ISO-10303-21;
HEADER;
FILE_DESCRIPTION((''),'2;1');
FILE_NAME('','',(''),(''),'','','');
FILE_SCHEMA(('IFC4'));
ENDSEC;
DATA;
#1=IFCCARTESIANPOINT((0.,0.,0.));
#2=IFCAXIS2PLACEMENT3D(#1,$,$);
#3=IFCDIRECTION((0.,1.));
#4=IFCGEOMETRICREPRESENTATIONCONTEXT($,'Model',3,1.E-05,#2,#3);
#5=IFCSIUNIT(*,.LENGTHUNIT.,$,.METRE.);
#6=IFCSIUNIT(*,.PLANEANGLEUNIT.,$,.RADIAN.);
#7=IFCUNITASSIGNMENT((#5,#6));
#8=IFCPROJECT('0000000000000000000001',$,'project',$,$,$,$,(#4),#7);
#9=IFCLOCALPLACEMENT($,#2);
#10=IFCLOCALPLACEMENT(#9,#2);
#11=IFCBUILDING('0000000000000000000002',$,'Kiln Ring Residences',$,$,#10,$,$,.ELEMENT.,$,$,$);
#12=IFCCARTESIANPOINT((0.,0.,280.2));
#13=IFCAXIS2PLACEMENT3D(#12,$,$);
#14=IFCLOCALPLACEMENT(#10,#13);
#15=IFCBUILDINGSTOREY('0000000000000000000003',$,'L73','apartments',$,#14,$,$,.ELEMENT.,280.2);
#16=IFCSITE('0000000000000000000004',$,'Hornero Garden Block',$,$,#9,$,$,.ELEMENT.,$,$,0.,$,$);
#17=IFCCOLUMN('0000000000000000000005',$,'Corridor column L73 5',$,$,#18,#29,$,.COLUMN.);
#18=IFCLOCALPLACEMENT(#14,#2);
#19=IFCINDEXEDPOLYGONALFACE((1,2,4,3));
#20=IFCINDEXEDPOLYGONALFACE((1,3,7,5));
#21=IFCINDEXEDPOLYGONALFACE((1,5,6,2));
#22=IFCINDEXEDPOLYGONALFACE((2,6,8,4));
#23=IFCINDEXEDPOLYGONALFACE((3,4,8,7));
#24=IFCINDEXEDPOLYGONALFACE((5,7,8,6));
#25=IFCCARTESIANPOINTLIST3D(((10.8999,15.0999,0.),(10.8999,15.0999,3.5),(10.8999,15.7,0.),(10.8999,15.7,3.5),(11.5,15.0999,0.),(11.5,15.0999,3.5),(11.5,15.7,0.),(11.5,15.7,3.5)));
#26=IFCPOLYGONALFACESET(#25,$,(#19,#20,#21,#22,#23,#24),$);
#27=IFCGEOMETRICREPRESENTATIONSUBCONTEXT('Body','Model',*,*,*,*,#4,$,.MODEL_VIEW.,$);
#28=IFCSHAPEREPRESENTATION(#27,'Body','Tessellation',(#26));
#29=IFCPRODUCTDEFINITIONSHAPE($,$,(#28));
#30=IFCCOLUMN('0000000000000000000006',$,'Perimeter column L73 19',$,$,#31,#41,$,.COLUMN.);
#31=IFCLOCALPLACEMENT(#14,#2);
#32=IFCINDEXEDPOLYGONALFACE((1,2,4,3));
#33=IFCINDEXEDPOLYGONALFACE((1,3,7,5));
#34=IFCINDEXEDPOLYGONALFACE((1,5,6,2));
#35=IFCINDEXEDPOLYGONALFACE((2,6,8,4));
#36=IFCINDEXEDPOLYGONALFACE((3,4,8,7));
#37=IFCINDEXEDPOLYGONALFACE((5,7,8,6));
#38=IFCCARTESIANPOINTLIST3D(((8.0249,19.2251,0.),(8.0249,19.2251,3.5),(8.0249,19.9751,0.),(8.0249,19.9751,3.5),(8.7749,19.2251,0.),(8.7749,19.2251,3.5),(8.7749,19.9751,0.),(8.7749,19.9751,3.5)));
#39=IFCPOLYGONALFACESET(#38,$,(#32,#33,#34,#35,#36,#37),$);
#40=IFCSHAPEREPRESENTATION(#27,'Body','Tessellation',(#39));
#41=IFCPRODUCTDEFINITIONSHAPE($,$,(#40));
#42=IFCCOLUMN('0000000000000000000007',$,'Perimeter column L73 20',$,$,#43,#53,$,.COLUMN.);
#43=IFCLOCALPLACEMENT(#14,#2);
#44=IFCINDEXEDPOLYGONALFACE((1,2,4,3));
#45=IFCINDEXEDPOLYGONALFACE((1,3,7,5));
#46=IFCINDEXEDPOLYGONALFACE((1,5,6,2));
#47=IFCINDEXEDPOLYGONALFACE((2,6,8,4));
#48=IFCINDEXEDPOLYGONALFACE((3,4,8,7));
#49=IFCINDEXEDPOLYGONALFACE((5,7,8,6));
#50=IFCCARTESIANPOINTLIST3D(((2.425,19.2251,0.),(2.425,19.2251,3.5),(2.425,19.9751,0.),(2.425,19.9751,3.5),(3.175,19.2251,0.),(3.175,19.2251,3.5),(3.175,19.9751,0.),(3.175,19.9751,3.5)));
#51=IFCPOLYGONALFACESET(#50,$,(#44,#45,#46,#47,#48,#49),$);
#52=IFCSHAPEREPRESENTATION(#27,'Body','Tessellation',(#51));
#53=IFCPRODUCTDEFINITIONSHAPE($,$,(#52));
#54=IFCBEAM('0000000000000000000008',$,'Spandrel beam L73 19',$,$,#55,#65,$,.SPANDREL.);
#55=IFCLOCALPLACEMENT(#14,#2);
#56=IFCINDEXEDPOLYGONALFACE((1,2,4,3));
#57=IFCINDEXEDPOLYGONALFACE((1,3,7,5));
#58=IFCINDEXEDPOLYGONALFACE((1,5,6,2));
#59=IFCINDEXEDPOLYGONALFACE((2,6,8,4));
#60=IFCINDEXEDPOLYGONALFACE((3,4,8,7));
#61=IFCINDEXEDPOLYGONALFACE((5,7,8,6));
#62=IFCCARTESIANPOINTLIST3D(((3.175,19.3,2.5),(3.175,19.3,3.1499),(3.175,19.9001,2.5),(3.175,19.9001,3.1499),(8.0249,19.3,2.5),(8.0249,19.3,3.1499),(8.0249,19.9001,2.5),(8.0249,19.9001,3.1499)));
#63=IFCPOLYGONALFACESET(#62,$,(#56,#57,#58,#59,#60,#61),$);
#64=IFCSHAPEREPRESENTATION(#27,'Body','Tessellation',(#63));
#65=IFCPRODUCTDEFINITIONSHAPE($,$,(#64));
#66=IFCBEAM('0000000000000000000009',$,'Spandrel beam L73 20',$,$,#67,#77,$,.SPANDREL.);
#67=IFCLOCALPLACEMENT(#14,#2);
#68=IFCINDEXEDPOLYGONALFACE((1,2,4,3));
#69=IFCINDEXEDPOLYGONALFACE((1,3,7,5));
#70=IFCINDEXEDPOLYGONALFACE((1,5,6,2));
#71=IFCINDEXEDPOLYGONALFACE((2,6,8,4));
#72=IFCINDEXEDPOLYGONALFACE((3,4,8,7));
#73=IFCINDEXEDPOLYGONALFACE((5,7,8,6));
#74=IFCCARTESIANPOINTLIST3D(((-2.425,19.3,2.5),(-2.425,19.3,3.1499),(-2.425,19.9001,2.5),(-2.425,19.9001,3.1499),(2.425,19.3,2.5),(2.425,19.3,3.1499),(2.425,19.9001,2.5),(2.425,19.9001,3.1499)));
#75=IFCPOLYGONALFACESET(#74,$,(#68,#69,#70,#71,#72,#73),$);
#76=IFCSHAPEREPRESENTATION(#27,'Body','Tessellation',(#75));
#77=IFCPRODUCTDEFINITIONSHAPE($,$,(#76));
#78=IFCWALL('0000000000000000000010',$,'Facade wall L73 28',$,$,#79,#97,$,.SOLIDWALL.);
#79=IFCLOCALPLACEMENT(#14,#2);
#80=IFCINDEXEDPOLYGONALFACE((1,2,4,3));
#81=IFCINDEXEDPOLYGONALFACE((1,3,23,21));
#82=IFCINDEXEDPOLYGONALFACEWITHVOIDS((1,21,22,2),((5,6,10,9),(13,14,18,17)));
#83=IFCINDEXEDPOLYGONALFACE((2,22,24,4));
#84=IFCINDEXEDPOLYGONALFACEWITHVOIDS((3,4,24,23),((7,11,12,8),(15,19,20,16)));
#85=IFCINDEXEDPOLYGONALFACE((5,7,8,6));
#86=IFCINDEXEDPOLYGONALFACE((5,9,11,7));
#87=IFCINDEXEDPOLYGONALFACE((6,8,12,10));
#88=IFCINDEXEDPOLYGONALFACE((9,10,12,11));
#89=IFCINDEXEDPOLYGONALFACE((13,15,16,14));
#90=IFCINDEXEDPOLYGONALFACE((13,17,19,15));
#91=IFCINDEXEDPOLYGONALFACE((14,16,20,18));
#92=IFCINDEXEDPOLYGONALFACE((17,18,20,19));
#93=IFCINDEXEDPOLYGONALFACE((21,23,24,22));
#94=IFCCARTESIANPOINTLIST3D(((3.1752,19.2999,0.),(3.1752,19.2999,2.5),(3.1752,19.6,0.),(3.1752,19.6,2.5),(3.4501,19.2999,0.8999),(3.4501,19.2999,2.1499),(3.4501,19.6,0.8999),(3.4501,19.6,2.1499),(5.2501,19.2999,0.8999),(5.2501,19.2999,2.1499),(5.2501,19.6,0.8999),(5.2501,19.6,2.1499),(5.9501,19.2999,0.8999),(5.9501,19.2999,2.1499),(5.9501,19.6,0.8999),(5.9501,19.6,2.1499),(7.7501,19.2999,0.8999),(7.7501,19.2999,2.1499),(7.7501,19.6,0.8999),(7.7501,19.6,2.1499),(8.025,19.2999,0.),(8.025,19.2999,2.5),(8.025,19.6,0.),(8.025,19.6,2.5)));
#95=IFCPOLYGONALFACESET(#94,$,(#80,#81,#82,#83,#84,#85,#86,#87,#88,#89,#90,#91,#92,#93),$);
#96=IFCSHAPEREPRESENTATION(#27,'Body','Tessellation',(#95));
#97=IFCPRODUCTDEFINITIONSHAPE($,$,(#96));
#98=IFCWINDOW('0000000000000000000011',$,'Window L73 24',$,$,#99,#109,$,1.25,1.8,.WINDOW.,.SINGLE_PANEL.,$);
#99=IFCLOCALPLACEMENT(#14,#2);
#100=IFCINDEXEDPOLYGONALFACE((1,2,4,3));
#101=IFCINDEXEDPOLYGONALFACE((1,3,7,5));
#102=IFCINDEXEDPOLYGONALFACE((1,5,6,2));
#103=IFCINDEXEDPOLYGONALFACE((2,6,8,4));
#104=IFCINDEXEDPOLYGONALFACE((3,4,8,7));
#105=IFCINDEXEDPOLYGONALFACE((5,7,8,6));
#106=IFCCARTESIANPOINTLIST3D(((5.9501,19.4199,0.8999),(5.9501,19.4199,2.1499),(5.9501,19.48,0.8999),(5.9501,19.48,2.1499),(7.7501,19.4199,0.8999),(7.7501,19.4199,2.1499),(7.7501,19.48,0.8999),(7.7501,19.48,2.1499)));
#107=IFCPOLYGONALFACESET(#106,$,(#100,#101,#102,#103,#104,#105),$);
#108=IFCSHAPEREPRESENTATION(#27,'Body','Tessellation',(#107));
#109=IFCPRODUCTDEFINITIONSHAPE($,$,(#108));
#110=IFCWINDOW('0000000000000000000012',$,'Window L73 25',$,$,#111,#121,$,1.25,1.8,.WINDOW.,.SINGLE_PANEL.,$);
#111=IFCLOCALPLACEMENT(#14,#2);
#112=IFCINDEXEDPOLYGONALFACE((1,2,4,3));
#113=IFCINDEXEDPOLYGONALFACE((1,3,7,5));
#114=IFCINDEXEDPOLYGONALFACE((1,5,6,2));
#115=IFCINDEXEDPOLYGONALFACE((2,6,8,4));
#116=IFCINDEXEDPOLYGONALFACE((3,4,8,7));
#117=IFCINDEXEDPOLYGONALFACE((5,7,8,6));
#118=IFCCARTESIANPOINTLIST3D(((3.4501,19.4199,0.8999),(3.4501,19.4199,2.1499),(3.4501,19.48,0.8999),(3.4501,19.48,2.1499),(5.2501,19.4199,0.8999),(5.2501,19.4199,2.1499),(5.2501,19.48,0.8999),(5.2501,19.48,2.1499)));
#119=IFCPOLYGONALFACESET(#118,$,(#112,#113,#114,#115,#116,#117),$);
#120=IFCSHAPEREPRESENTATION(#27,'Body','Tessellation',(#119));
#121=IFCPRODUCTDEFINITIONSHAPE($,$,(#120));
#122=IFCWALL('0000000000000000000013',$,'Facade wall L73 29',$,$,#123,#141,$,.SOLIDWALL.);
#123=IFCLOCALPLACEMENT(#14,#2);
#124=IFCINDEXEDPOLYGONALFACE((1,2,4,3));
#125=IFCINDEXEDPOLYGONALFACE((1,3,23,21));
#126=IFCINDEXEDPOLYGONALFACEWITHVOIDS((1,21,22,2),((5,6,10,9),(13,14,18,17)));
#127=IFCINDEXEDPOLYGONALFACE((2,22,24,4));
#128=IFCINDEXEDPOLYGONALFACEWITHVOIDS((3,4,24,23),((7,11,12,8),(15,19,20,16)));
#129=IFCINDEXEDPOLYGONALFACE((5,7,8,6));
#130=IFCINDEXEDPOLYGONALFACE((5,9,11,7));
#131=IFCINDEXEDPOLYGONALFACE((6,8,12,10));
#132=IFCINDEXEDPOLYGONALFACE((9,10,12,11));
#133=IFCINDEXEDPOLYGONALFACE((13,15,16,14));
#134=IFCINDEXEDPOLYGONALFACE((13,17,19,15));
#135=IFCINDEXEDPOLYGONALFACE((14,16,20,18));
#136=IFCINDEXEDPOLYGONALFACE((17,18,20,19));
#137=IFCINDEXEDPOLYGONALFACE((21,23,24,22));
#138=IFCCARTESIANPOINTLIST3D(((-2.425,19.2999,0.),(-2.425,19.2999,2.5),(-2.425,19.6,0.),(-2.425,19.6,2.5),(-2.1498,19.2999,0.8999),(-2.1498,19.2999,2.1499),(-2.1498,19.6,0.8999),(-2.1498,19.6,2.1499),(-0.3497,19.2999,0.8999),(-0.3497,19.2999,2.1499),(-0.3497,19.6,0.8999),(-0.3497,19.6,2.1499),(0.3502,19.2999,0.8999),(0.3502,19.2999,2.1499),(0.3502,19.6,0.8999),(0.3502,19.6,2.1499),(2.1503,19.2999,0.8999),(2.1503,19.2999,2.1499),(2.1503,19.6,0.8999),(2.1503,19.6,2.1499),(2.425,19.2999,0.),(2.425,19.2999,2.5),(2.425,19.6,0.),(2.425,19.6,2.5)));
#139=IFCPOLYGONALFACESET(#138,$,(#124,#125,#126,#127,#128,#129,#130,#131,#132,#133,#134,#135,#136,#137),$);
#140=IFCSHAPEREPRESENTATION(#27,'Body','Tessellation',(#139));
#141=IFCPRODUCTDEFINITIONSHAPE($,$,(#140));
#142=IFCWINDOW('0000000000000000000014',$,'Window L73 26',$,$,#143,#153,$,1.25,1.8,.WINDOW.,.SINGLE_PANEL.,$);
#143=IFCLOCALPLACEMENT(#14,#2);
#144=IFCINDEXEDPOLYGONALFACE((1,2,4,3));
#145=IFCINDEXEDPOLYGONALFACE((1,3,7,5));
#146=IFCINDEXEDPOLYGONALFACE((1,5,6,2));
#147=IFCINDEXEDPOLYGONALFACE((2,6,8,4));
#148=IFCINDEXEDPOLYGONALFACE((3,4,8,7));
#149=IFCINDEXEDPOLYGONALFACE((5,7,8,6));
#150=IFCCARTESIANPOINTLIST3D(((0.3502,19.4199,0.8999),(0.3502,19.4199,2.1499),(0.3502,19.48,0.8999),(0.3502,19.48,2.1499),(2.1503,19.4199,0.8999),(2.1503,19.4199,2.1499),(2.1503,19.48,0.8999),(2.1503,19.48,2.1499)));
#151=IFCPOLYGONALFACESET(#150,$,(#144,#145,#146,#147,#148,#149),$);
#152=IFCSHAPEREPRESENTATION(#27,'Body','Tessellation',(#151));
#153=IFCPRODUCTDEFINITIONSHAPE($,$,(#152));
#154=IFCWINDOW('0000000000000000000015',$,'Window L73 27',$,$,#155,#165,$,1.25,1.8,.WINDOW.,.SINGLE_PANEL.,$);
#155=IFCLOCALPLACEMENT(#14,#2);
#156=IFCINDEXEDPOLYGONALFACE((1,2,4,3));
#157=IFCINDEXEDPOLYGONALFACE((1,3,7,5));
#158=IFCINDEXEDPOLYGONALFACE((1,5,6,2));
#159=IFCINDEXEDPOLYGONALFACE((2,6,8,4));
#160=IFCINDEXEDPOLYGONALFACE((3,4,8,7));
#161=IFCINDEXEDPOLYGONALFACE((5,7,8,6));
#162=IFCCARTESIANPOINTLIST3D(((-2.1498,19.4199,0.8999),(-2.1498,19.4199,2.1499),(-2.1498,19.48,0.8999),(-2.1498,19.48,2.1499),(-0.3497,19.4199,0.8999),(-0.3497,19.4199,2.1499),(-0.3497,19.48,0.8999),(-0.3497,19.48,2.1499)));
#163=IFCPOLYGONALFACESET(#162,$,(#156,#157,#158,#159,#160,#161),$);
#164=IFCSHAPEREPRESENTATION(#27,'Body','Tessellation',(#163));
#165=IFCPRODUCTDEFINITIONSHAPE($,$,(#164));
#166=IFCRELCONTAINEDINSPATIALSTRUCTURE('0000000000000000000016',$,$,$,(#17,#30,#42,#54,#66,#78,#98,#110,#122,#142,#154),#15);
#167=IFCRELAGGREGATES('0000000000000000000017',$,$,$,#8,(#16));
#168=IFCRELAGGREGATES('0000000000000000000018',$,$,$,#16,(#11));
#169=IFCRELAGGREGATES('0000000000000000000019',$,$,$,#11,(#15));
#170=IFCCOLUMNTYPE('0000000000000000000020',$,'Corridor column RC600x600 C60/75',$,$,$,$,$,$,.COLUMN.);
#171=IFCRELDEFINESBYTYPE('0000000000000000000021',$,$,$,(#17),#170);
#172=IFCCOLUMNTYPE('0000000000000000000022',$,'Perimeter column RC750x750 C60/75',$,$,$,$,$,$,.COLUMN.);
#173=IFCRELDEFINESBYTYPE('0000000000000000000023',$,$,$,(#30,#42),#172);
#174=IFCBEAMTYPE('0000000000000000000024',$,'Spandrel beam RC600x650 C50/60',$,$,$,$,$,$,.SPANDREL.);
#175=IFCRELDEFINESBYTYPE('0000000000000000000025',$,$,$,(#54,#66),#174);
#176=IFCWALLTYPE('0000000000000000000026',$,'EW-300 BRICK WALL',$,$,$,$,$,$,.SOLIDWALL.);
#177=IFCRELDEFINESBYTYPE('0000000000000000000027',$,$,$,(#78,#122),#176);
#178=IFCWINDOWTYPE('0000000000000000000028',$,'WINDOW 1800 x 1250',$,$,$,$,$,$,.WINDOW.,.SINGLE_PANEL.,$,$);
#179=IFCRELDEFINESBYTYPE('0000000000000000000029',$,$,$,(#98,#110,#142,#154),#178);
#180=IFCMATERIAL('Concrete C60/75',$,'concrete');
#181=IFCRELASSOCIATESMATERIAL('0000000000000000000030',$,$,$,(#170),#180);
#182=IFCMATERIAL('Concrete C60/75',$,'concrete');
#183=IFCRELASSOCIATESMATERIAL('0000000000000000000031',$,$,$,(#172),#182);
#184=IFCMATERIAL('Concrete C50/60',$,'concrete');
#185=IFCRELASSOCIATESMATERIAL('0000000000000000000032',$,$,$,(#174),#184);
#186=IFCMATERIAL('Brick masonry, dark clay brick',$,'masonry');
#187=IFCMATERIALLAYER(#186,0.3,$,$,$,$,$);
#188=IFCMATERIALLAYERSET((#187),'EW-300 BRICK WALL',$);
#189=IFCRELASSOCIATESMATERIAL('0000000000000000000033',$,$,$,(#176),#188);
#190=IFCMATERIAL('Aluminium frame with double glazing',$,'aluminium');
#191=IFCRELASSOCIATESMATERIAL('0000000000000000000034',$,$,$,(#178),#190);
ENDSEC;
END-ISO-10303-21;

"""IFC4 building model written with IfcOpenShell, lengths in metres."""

from ifc_helpers import new_model, si_unit, direction, frame, frame_2d, origin, origin_2d, place, context, subcontext, project, spatial, rectangle, extrude, material, layer, layer_set, material_profile, profile_set, type_object, element, fill, save


model = new_model("IFC4")

# Units and contexts
model_context = context("Model", 3, precision=1e-05, world=origin(), true_north=direction((0.0, 1.0)))
body_context = subcontext(model_context, "Body", "Model", "MODEL_VIEW")
ifc_project = project(units=[si_unit("LENGTHUNIT", "METRE"), si_unit("PLANEANGLEUNIT", "RADIAN")], contexts=[model_context])

# Site, building, storey
site_placement = place(None, origin())
site = spatial("IfcSite", under=ifc_project, at=site_placement, Name="Hornero Garden Block", CompositionType="ELEMENT", RefElevation=0.0)
building_placement = place(site_placement, origin())
building = spatial("IfcBuilding", under=site, at=building_placement, Name="Kiln Ring Residences", CompositionType="ELEMENT")
storey_placement = place(building_placement, frame((0.0, 0.0, 280.2)))
storey = spatial("IfcBuildingStorey", under=building, at=storey_placement, Name="L73", Description="apartments", CompositionType="ELEMENT", Elevation=280.2)

# Columns
ifc_material_1 = material(Name="Concrete C60/75", Category="concrete")
ifc_material_profile_1 = material_profile(ifc_material_1, rectangle(XDim=0.6001, YDim=0.6001, at=origin_2d()), Name="RC600x600")
ifc_profile_set_1 = profile_set([ifc_material_profile_1], Name="Concrete C60/75")
column_type_1 = type_object("IfcColumnType", Name="Corridor column RC600x600 C60/75", PredefinedType="COLUMN", material=ifc_profile_set_1)
column_placement = place(storey_placement, frame((11.2, 15.3999, 0.0), z_axis=(0.0, 0.0, 1.0), x_axis=(1.0, 0.0, 0.0)))
element("IfcColumn", 1, at=column_placement, inside=storey, type_object=column_type_1, Name="Corridor column L73 5", PredefinedType="COLUMN", context=body_context, shape_type="SweptSolid", body=[
    extrude(rectangle(XDim=0.6001, YDim=0.6001, at=origin_2d()), origin(), (0.0, 0.0, 1.0), 3.5),
])
ifc_material_2 = material(Name="Concrete C60/75", Category="concrete")
ifc_material_profile_2 = material_profile(ifc_material_2, rectangle(XDim=0.75, YDim=0.75, at=origin_2d()), Name="RC750x750")
ifc_profile_set_2 = profile_set([ifc_material_profile_2], Name="Concrete C60/75")
column_type_2 = type_object("IfcColumnType", Name="Perimeter column RC750x750 C60/75", PredefinedType="COLUMN", material=ifc_profile_set_2)
for number, where, z_axis, x_axis, name in (
    (2, (8.3999, 19.6001, 0.0), (0.0, 0.0, 1.0), (1.0, 0.0, 0.0), "Perimeter column L73 19"),
    (3, (2.8, 19.6001, 0.0), (0.0, 0.0, 1.0), (1.0, 0.0, 0.0), "Perimeter column L73 20"),
):
    element("IfcColumn", number, at=place(storey_placement, frame(where, z_axis=z_axis, x_axis=x_axis)), inside=storey, type_object=column_type_2, Name=name, PredefinedType="COLUMN", context=body_context, shape_type="SweptSolid", body=[
        extrude(rectangle(XDim=0.75, YDim=0.75, at=origin_2d()), origin(), (0.0, 0.0, 1.0), 3.5),
    ])

# Beams
ifc_material_3 = material(Name="Concrete C50/60", Category="concrete")
ifc_material_profile_3 = material_profile(ifc_material_3, rectangle(XDim=0.6001, YDim=0.6499, at=origin_2d()), Name="RC600x650")
ifc_profile_set_3 = profile_set([ifc_material_profile_3], Name="Concrete C50/60")
beam_type = type_object("IfcBeamType", Name="Spandrel beam RC600x650 C50/60", PredefinedType="SPANDREL", material=ifc_profile_set_3)
beam_1_placement = place(storey_placement, frame((8.0249, 19.6001, 2.825), z_axis=(-1.0, 0.0, 0.0), x_axis=(0.0, -1.0, 0.0)))
element("IfcBeam", 4, at=beam_1_placement, inside=storey, type_object=beam_type, Name="Spandrel beam L73 19", PredefinedType="SPANDREL", context=body_context, shape_type="SweptSolid", body=[
    extrude(rectangle(XDim=0.6001, YDim=0.6499, at=origin_2d()), origin(), (0.0, 0.0, 1.0), 4.8499),
])
beam_2_placement = place(storey_placement, frame((2.425, 19.6001, 2.825), z_axis=(-1.0, 0.0, 0.0), x_axis=(0.0, -1.0, 0.0)))
element("IfcBeam", 5, at=beam_2_placement, inside=storey, type_object=beam_type, Name="Spandrel beam L73 20", PredefinedType="SPANDREL", context=body_context, shape_type="SweptSolid", body=[
    extrude(rectangle(XDim=0.6001, YDim=0.6499, at=origin_2d()), origin(), (0.0, 0.0, 1.0), 4.8501),
])

# Walls, openings, windows
ifc_material_4 = material(Name="Brick masonry, dark clay brick", Category="masonry")
ifc_layer_1 = layer(ifc_material_4, 0.3)
ifc_layer_set_1 = layer_set([ifc_layer_1], Name="EW-300 BRICK WALL")
wall_type_1 = type_object("IfcWallType", Name="EW-300 BRICK WALL", PredefinedType="SOLIDWALL", material=ifc_layer_set_1)
wall_1_placement = place(storey_placement, frame((8.0249, 19.45, 0.0), z_axis=(0.0, 0.0, 1.0), x_axis=(-1.0, 0.0, 0.0)))
wall_1 = element("IfcWall", 6, at=wall_1_placement, inside=storey, type_object=wall_type_1, Name="Facade wall L73 28", PredefinedType="SOLIDWALL", context=body_context, shape_type="SweptSolid", body=[
    extrude(rectangle(XDim=4.8499, YDim=0.3, at=frame_2d((2.4248, 0.0))), origin(), (0.0, 0.0, 1.0), 2.5),
])
opening_1_placement = place(wall_1_placement, frame((0.2749, 0.0, 0.8999)))
opening_1 = element("IfcOpeningElement", 7, at=opening_1_placement, cuts=wall_1, PredefinedType="OPENING", context=body_context, shape_type="SweptSolid", body=[
    extrude(rectangle(XDim=1.8, YDim=1.25, at=frame_2d((0.8999, 0.625))), frame((0.0, 0.1599, 0.0), z_axis=(0.0, -1.0, 0.0), x_axis=(1.0, 0.0, 0.0)), (0.0, 0.0, 1.0), 0.3201),
])
opening_2_placement = place(wall_1_placement, frame((2.7749, 0.0, 0.8999)))
opening_2 = element("IfcOpeningElement", 8, at=opening_2_placement, cuts=wall_1, PredefinedType="OPENING", context=body_context, shape_type="SweptSolid", body=[
    extrude(rectangle(XDim=1.8, YDim=1.25, at=frame_2d((0.8999, 0.625))), frame((0.0, 0.1599, 0.0), z_axis=(0.0, -1.0, 0.0), x_axis=(1.0, 0.0, 0.0)), (0.0, 0.0, 1.0), 0.3201),
])
ifc_material_5 = material(Name="Aluminium frame with double glazing", Category="aluminium")
window_type = type_object("IfcWindowType", Name="WINDOW 1800 x 1250", PartitioningType="SINGLE_PANEL", PredefinedType="WINDOW", material=ifc_material_5)
window_1_placement = place(opening_1_placement, origin())
window_1 = element("IfcWindow", 9, at=window_1_placement, inside=storey, type_object=window_type, Name="Window L73 24", OverallHeight=1.25, OverallWidth=1.8, PartitioningType="SINGLE_PANEL", PredefinedType="WINDOW", context=body_context, shape_type="SweptSolid", body=[
    extrude(rectangle(XDim=1.8, YDim=1.25, at=frame_2d((0.8999, 0.625))), frame((0.0, 0.03, 0.0), z_axis=(0.0, -1.0, 0.0), x_axis=(1.0, 0.0, 0.0)), (0.0, 0.0, 1.0), 0.0601),
])
fill(opening_1, window_1)
window_2_placement = place(opening_2_placement, origin())
window_2 = element("IfcWindow", 10, at=window_2_placement, inside=storey, type_object=window_type, Name="Window L73 25", OverallHeight=1.25, OverallWidth=1.8, PartitioningType="SINGLE_PANEL", PredefinedType="WINDOW", context=body_context, shape_type="SweptSolid", body=[
    extrude(rectangle(XDim=1.8, YDim=1.25, at=frame_2d((0.8999, 0.625))), frame((0.0, 0.03, 0.0), z_axis=(0.0, -1.0, 0.0), x_axis=(1.0, 0.0, 0.0)), (0.0, 0.0, 1.0), 0.0601),
])
fill(opening_2, window_2)
wall_2_placement = place(storey_placement, frame((2.425, 19.45, 0.0), z_axis=(0.0, 0.0, 1.0), x_axis=(-1.0, 0.0, 0.0)))
wall_2 = element("IfcWall", 11, at=wall_2_placement, inside=storey, type_object=wall_type_1, Name="Facade wall L73 29", PredefinedType="SOLIDWALL", context=body_context, shape_type="SweptSolid", body=[
    extrude(rectangle(XDim=4.8501, YDim=0.3, at=frame_2d((2.425, 0.0))), origin(), (0.0, 0.0, 1.0), 2.5),
])
opening_3_placement = place(wall_2_placement, frame((0.2749, 0.0, 0.8999)))
opening_3 = element("IfcOpeningElement", 12, at=opening_3_placement, cuts=wall_2, PredefinedType="OPENING", context=body_context, shape_type="SweptSolid", body=[
    extrude(rectangle(XDim=1.8, YDim=1.25, at=frame_2d((0.8999, 0.625))), frame((0.0, 0.1599, 0.0), z_axis=(0.0, -1.0, 0.0), x_axis=(1.0, 0.0, 0.0)), (0.0, 0.0, 1.0), 0.3201),
])
opening_4_placement = place(wall_2_placement, frame((2.7749, 0.0, 0.8999)))
opening_4 = element("IfcOpeningElement", 13, at=opening_4_placement, cuts=wall_2, PredefinedType="OPENING", context=body_context, shape_type="SweptSolid", body=[
    extrude(rectangle(XDim=1.8, YDim=1.25, at=frame_2d((0.8999, 0.625))), frame((0.0, 0.1599, 0.0), z_axis=(0.0, -1.0, 0.0), x_axis=(1.0, 0.0, 0.0)), (0.0, 0.0, 1.0), 0.3201),
])
window_3_placement = place(opening_3_placement, origin())
window_3 = element("IfcWindow", 14, at=window_3_placement, inside=storey, type_object=window_type, Name="Window L73 26", OverallHeight=1.25, OverallWidth=1.8, PartitioningType="SINGLE_PANEL", PredefinedType="WINDOW", context=body_context, shape_type="SweptSolid", body=[
    extrude(rectangle(XDim=1.8, YDim=1.25, at=frame_2d((0.8999, 0.625))), frame((0.0, 0.03, 0.0), z_axis=(0.0, -1.0, 0.0), x_axis=(1.0, 0.0, 0.0)), (0.0, 0.0, 1.0), 0.0601),
])
fill(opening_3, window_3)
window_4_placement = place(opening_4_placement, origin())
window_4 = element("IfcWindow", 15, at=window_4_placement, inside=storey, type_object=window_type, Name="Window L73 27", OverallHeight=1.25, OverallWidth=1.8, PartitioningType="SINGLE_PANEL", PredefinedType="WINDOW", context=body_context, shape_type="SweptSolid", body=[
    extrude(rectangle(XDim=1.8, YDim=1.25, at=frame_2d((0.8999, 0.625))), frame((0.0, 0.03, 0.0), z_axis=(0.0, -1.0, 0.0), x_axis=(1.0, 0.0, 0.0)), (0.0, 0.0, 1.0), 0.0601),
])
fill(opening_4, window_4)

save(model, "model.ifc")
